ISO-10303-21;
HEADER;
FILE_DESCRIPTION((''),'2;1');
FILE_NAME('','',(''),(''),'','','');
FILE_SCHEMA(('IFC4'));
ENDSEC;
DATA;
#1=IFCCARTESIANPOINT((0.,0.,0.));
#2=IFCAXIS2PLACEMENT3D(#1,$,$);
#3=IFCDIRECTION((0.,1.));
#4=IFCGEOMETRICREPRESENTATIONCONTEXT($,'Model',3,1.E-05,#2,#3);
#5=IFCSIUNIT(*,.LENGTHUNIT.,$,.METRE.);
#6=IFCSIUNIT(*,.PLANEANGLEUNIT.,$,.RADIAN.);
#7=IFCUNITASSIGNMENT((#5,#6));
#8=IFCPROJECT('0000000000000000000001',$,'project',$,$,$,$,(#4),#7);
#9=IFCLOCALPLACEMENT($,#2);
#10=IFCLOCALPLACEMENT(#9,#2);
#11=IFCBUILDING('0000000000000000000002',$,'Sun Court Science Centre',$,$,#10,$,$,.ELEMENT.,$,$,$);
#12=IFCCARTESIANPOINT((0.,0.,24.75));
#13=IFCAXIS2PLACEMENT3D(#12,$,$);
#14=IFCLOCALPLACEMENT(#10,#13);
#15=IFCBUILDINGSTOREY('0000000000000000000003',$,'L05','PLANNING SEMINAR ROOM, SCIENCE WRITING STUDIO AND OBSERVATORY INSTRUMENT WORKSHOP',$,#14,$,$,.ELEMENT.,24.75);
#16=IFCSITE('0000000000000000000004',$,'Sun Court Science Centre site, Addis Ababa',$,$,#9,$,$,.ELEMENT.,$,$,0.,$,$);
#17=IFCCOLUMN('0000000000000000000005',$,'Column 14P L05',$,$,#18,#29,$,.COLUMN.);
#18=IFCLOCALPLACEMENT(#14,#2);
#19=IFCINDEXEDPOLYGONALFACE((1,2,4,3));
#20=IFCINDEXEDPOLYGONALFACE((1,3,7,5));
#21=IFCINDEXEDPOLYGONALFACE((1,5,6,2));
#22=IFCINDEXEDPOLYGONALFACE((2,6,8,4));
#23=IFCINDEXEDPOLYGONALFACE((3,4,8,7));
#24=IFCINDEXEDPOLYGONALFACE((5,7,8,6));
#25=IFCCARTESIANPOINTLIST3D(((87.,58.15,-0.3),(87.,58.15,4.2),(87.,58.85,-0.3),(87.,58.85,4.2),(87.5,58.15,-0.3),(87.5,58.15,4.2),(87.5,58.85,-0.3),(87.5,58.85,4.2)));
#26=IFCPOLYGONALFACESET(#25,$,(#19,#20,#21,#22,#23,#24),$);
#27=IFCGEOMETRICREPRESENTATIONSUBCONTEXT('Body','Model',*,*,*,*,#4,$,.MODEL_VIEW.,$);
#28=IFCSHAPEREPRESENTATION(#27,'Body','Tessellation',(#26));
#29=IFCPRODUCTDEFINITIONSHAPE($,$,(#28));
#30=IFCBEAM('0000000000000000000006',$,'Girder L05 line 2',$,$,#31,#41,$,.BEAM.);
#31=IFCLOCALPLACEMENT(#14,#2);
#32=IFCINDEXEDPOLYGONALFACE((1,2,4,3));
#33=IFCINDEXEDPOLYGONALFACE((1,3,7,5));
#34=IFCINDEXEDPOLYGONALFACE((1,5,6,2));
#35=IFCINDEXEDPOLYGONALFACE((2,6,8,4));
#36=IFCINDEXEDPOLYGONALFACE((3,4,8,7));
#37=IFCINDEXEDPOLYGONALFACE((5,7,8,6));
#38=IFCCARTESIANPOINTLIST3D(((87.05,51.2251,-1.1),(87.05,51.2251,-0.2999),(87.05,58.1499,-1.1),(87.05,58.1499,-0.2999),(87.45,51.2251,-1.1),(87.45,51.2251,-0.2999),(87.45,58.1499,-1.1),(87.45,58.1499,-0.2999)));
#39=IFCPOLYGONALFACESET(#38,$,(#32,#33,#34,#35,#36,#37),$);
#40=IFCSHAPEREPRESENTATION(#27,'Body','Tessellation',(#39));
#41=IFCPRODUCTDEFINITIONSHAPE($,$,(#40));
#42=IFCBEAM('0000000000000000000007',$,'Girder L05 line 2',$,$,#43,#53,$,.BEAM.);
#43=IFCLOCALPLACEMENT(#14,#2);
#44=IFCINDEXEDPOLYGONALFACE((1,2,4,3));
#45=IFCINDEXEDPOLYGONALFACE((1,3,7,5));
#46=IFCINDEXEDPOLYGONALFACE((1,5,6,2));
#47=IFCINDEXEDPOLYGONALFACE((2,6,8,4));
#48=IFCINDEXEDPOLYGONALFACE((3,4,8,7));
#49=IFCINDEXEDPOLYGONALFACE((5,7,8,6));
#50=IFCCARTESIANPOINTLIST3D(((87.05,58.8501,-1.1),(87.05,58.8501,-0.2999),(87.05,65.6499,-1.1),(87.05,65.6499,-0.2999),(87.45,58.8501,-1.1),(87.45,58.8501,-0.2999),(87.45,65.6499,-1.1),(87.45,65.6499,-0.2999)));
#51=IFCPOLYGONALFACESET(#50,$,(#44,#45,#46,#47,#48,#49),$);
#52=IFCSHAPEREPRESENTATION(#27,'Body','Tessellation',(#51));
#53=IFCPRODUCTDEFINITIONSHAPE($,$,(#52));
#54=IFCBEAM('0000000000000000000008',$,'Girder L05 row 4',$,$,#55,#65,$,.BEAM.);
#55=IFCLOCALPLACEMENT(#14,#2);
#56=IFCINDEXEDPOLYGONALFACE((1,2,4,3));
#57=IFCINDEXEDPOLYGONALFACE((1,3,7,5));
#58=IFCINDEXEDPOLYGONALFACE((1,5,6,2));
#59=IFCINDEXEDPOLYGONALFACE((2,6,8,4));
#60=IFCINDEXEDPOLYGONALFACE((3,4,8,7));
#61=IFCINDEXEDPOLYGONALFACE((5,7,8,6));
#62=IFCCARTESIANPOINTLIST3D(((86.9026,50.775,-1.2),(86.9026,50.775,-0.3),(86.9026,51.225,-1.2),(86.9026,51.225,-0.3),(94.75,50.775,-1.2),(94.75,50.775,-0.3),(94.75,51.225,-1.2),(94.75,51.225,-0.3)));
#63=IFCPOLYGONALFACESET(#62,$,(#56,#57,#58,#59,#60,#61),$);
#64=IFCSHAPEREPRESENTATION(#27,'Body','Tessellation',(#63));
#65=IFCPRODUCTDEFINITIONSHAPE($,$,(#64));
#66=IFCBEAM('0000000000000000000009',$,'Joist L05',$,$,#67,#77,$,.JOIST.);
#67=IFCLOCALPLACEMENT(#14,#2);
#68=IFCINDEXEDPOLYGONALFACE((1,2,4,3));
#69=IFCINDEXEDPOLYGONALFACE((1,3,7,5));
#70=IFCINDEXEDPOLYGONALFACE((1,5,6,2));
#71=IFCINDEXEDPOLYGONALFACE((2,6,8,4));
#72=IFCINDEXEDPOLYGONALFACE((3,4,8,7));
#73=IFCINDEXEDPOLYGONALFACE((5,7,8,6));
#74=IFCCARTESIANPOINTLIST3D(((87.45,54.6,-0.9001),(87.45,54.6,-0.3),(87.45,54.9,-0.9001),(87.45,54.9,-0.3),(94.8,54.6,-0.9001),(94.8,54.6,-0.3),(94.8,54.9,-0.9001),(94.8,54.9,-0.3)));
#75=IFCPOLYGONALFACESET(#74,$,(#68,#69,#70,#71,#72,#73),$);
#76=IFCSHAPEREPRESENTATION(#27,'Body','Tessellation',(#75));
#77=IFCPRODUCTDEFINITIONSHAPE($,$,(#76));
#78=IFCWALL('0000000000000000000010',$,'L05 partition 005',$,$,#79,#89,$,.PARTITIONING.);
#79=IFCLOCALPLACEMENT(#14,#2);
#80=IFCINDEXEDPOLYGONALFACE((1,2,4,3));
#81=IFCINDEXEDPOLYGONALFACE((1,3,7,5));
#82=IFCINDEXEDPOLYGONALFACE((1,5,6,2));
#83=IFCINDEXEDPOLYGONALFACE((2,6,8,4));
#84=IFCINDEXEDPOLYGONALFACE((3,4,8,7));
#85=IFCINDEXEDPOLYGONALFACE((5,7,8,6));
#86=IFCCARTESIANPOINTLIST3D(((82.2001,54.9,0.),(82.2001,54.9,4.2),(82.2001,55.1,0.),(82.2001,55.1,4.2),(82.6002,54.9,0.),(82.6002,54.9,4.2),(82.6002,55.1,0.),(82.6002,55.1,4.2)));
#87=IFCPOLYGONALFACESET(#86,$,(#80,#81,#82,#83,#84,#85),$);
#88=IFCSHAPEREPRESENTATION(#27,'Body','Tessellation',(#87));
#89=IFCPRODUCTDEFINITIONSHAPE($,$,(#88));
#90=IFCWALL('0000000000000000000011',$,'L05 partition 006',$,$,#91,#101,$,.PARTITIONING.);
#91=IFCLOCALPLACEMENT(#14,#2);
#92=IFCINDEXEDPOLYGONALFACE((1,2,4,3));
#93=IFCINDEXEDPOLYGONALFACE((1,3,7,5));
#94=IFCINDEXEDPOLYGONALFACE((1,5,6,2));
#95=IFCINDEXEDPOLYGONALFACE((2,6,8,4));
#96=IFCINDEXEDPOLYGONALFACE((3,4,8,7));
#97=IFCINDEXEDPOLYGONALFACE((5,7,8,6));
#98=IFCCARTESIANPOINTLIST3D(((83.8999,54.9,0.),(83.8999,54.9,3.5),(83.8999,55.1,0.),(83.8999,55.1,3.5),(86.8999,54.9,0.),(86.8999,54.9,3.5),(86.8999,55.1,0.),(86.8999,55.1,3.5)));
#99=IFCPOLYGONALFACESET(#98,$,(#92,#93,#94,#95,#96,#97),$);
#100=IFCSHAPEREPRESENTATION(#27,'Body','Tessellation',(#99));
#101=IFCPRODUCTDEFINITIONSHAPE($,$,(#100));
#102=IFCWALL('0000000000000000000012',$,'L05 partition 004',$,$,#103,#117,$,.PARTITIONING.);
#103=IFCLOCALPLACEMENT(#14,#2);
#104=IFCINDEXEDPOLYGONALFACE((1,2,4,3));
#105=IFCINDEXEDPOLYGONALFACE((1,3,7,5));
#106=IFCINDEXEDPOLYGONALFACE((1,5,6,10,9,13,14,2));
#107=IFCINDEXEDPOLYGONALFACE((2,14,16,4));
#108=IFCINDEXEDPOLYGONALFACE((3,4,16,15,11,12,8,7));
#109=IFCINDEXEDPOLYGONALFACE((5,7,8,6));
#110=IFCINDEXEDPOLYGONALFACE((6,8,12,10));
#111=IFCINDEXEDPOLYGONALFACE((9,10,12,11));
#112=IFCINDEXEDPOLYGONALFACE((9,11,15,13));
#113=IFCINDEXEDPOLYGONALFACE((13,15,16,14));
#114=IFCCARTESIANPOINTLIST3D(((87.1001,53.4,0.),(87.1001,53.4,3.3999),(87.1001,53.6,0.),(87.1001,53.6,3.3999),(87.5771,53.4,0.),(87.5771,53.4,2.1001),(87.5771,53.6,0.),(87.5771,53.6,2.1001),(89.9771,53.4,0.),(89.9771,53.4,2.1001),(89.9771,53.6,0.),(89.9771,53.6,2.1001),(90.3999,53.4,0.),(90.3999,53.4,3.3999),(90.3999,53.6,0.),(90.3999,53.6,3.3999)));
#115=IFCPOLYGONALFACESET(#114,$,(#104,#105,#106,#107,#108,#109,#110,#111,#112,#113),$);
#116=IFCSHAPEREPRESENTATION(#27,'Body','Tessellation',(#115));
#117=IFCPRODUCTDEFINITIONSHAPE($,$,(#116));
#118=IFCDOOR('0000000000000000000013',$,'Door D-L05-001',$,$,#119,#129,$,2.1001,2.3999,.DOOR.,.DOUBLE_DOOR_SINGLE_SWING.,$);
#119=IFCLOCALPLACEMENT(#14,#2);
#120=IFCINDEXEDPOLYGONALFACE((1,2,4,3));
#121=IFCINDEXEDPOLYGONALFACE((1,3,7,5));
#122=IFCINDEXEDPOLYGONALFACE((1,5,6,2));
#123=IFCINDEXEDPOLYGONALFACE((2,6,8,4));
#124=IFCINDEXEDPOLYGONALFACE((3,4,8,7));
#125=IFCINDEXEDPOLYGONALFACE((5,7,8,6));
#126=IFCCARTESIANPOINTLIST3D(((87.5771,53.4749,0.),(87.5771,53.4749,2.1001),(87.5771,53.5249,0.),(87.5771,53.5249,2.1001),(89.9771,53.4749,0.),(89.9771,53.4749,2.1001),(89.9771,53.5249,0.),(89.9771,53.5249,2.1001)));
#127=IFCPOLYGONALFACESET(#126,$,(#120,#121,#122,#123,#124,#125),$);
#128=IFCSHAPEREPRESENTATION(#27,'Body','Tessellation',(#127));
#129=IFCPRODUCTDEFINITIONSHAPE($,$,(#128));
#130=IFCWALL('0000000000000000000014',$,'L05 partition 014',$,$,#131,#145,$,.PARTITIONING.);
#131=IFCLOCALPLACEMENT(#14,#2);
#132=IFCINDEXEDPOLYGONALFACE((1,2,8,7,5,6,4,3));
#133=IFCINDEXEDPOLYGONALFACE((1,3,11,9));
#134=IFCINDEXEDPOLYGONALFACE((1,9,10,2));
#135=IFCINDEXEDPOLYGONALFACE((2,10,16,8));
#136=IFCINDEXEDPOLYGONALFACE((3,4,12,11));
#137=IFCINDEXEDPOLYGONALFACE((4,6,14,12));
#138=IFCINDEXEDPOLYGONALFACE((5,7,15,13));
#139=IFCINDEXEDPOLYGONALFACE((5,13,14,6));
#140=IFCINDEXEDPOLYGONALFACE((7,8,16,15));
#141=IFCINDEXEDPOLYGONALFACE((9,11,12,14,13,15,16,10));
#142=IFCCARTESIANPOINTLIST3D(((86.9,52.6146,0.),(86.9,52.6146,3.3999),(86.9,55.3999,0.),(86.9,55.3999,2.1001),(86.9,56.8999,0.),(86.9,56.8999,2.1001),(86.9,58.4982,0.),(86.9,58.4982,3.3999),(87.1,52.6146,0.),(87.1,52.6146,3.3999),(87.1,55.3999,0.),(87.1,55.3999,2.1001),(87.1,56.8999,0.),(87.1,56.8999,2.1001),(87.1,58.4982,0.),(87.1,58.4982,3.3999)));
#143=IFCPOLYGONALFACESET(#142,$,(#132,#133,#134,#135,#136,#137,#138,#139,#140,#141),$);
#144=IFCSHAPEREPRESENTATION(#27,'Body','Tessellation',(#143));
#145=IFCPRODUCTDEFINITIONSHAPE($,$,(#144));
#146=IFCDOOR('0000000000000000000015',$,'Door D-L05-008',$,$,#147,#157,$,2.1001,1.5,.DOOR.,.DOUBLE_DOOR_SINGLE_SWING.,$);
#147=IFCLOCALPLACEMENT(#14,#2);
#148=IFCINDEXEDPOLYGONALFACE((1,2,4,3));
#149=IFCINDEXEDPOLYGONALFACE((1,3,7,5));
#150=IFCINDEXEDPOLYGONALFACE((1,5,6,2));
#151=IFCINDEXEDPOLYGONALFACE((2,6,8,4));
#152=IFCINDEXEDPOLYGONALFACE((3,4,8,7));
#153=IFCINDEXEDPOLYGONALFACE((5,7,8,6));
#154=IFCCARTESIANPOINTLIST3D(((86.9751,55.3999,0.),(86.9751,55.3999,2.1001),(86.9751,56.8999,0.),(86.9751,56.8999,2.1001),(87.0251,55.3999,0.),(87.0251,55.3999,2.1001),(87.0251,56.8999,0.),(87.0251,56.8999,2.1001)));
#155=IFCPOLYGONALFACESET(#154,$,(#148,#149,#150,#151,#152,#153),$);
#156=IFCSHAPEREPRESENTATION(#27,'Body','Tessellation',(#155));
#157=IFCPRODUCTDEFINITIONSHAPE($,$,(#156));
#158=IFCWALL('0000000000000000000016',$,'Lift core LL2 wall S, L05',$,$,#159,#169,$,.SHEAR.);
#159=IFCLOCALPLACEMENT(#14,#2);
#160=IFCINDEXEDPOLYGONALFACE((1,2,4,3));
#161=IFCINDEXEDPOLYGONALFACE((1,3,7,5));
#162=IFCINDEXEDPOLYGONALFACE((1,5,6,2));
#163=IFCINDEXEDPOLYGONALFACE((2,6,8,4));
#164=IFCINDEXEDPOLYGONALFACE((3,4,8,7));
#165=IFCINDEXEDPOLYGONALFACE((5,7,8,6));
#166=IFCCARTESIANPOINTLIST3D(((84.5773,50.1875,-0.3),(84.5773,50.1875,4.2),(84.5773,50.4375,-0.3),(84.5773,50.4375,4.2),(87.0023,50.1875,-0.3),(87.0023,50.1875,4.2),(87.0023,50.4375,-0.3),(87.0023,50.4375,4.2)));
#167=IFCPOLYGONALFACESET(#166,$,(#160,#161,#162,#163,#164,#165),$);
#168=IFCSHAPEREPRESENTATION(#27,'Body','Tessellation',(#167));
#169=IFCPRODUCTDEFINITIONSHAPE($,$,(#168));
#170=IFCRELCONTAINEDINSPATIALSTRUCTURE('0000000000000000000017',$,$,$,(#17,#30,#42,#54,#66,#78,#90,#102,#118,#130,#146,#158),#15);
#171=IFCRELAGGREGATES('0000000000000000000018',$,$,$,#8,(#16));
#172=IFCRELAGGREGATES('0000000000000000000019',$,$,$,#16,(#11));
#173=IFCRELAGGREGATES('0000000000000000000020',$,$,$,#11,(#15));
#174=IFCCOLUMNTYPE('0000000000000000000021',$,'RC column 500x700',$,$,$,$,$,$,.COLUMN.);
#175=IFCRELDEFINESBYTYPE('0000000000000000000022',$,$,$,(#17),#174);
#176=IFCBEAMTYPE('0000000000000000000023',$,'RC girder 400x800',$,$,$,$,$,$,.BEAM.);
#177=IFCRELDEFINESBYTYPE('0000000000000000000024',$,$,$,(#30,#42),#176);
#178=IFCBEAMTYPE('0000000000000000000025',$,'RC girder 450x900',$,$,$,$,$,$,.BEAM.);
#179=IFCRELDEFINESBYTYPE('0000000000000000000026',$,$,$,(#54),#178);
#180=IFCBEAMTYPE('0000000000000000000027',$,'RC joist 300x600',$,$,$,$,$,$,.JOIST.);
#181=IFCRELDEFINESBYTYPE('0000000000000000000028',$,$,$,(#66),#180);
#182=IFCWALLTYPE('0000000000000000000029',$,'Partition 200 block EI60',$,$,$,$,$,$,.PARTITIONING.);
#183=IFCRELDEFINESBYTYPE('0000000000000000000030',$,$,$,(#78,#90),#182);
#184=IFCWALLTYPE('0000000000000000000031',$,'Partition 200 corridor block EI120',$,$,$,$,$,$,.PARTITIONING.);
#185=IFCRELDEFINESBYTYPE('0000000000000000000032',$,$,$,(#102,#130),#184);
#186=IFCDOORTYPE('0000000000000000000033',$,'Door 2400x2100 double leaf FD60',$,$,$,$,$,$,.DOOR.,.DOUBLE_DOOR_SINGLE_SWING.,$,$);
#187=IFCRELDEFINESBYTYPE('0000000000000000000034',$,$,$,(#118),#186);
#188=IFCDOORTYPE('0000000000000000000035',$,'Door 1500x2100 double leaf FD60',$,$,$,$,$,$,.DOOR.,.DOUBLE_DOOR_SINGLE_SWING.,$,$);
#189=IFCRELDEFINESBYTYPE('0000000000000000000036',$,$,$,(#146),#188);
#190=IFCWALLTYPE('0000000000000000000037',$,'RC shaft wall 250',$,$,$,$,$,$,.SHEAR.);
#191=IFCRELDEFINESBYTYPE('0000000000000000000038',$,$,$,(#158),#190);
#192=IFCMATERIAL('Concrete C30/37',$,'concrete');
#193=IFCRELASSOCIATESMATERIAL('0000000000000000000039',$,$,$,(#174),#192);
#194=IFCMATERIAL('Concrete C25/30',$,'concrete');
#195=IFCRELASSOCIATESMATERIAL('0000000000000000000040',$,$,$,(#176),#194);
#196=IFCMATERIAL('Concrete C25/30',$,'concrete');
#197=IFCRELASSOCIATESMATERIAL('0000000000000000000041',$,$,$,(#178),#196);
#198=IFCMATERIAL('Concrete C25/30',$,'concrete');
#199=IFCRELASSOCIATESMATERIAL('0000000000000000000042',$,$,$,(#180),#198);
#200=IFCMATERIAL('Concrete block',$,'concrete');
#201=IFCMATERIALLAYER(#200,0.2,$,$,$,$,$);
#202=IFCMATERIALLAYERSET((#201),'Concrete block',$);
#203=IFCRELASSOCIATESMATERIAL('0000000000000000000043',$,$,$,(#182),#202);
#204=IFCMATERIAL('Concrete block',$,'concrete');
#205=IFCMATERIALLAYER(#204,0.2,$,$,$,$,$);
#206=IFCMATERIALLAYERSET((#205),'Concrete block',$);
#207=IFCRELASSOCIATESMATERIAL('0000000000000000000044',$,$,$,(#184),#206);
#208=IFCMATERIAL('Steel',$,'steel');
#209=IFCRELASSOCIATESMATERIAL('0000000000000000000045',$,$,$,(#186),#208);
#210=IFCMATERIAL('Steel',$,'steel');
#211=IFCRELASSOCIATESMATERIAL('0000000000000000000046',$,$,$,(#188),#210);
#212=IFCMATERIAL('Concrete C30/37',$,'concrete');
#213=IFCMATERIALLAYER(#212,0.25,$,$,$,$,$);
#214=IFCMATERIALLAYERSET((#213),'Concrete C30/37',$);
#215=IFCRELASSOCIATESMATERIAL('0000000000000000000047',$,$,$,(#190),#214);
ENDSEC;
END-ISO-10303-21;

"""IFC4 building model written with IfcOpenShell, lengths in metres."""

from ifc_helpers import new_model, si_unit, direction, frame, frame_2d, origin, origin_2d, place, context, subcontext, project, spatial, rectangle, extrude, material, layer, layer_set, material_profile, profile_set, type_object, element, fill, save


model = new_model("IFC4")

# Units and contexts
model_context = context("Model", 3, precision=1e-05, world=origin(), true_north=direction((0.0, 1.0)))
body_context = subcontext(model_context, "Body", "Model", "MODEL_VIEW")
ifc_project = project(units=[si_unit("LENGTHUNIT", "METRE"), si_unit("PLANEANGLEUNIT", "RADIAN")], contexts=[model_context])

# Site, building, storey
site_placement = place(None, origin())
site = spatial("IfcSite", under=ifc_project, at=site_placement, Name="Sun Court Science Centre site, Addis Ababa", CompositionType="ELEMENT", RefElevation=0.0)
building_placement = place(site_placement, origin())
building = spatial("IfcBuilding", under=site, at=building_placement, Name="Sun Court Science Centre", CompositionType="ELEMENT")
storey_placement = place(building_placement, frame((0.0, 0.0, 24.75)))
storey = spatial("IfcBuildingStorey", under=building, at=storey_placement, Name="L05", Description="PLANNING SEMINAR ROOM, SCIENCE WRITING STUDIO AND OBSERVATORY INSTRUMENT WORKSHOP", CompositionType="ELEMENT", Elevation=24.75)

# Column
ifc_material_1 = material(Name="Concrete C30/37", Category="concrete")
ifc_material_profile_1 = material_profile(ifc_material_1, rectangle(XDim=0.5, YDim=0.7, at=origin_2d()), Name="RC 500x700")
ifc_profile_set_1 = profile_set([ifc_material_profile_1], Name="Concrete C30/37")
column_type = type_object("IfcColumnType", Name="RC column 500x700", PredefinedType="COLUMN", material=ifc_profile_set_1)
column_placement = place(storey_placement, frame((87.25, 58.5, -0.3), z_axis=(0.0, 0.0, 1.0), x_axis=(1.0, 0.0, 0.0)))
element("IfcColumn", 1, at=column_placement, inside=storey, type_object=column_type, Name="Column 14P L05", PredefinedType="COLUMN", context=body_context, shape_type="SweptSolid", body=[
    extrude(rectangle(XDim=0.5, YDim=0.7, at=origin_2d()), origin(), (0.0, 0.0, 1.0), 4.5),
])

# Beams
ifc_material_2 = material(Name="Concrete C25/30", Category="concrete")
ifc_material_profile_2 = material_profile(ifc_material_2, rectangle(XDim=0.3999, YDim=0.8, at=origin_2d()), Name="RC 400x800")
ifc_profile_set_2 = profile_set([ifc_material_profile_2], Name="Concrete C25/30")
beam_type_1 = type_object("IfcBeamType", Name="RC girder 400x800", PredefinedType="BEAM", material=ifc_profile_set_2)
beam_1_placement = place(storey_placement, frame((87.25, 51.2251, -0.7), z_axis=(0.0, 1.0, 0.0), x_axis=(-1.0, 0.0, 0.0)))
element("IfcBeam", 2, at=beam_1_placement, inside=storey, type_object=beam_type_1, Name="Girder L05 line 2", PredefinedType="BEAM", context=body_context, shape_type="SweptSolid", body=[
    extrude(rectangle(XDim=0.3999, YDim=0.8, at=origin_2d()), origin(), (0.0, 0.0, 1.0), 6.9248),
])
beam_2_placement = place(storey_placement, frame((87.25, 58.8501, -0.7), z_axis=(0.0, 1.0, 0.0), x_axis=(-1.0, 0.0, 0.0)))
element("IfcBeam", 3, at=beam_2_placement, inside=storey, type_object=beam_type_1, Name="Girder L05 line 2", PredefinedType="BEAM", context=body_context, shape_type="SweptSolid", body=[
    extrude(rectangle(XDim=0.3999, YDim=0.8, at=origin_2d()), origin(), (0.0, 0.0, 1.0), 6.7998),
])
ifc_material_3 = material(Name="Concrete C25/30", Category="concrete")
ifc_material_profile_3 = material_profile(ifc_material_3, rectangle(XDim=0.45, YDim=0.8999, at=origin_2d()), Name="RC 450x900")
ifc_profile_set_3 = profile_set([ifc_material_profile_3], Name="Concrete C25/30")
beam_type_2 = type_object("IfcBeamType", Name="RC girder 450x900", PredefinedType="BEAM", material=ifc_profile_set_3)
beam_3_placement = place(storey_placement, frame((86.9026, 51.0, -0.75), z_axis=(1.0, 0.0, 0.0), x_axis=(0.0, 1.0, 0.0)))
element("IfcBeam", 4, at=beam_3_placement, inside=storey, type_object=beam_type_2, Name="Girder L05 row 4", PredefinedType="BEAM", context=body_context, shape_type="SweptSolid", body=[
    extrude(rectangle(XDim=0.45, YDim=0.8999, at=origin_2d()), origin(), (0.0, 0.0, 1.0), 7.8474),
])
ifc_material_4 = material(Name="Concrete C25/30", Category="concrete")
ifc_material_profile_4 = material_profile(ifc_material_4, rectangle(XDim=0.3, YDim=0.6001, at=origin_2d()), Name="RC 300x600")
ifc_profile_set_4 = profile_set([ifc_material_profile_4], Name="Concrete C25/30")
beam_type_3 = type_object("IfcBeamType", Name="RC joist 300x600", PredefinedType="JOIST", material=ifc_profile_set_4)
beam_4_placement = place(storey_placement, frame((87.45, 54.75, -0.6001), z_axis=(1.0, 0.0, 0.0), x_axis=(0.0, 1.0, 0.0)))
element("IfcBeam", 5, at=beam_4_placement, inside=storey, type_object=beam_type_3, Name="Joist L05", PredefinedType="JOIST", context=body_context, shape_type="SweptSolid", body=[
    extrude(rectangle(XDim=0.3, YDim=0.6001, at=origin_2d()), origin(), (0.0, 0.0, 1.0), 7.3501),
])

# Walls
ifc_material_5 = material(Name="Concrete block", Category="concrete")
ifc_layer_1 = layer(ifc_material_5, 0.2)
ifc_layer_set_1 = layer_set([ifc_layer_1], Name="Concrete block")
wall_type_1 = type_object("IfcWallType", Name="Partition 200 block EI60", PredefinedType="PARTITIONING", material=ifc_layer_set_1)
wall_1_placement = place(storey_placement, frame((82.2, 55.0, 0.0), z_axis=(0.0, 0.0, 1.0), x_axis=(1.0, 0.0, 0.0)))
element("IfcWall", 6, at=wall_1_placement, inside=storey, type_object=wall_type_1, Name="L05 partition 005", PredefinedType="PARTITIONING", context=body_context, shape_type="SweptSolid", body=[
    extrude(rectangle(XDim=0.4001, YDim=0.2, at=frame_2d((0.2002, 0.0))), origin(), (0.0, 0.0, 1.0), 4.2),
])
wall_2_placement = place(storey_placement, frame((83.8999, 55.0, 0.0), z_axis=(0.0, 0.0, 1.0), x_axis=(1.0, 0.0, 0.0)))
element("IfcWall", 7, at=wall_2_placement, inside=storey, type_object=wall_type_1, Name="L05 partition 006", PredefinedType="PARTITIONING", context=body_context, shape_type="SweptSolid", body=[
    extrude(rectangle(XDim=3.0, YDim=0.2, at=frame_2d((1.5, 0.0))), origin(), (0.0, 0.0, 1.0), 3.5),
])

# Walls, openings, doors
ifc_material_6 = material(Name="Concrete block", Category="concrete")
ifc_layer_2 = layer(ifc_material_6, 0.2)
ifc_layer_set_2 = layer_set([ifc_layer_2], Name="Concrete block")
wall_type_2 = type_object("IfcWallType", Name="Partition 200 corridor block EI120", PredefinedType="PARTITIONING", material=ifc_layer_set_2)
wall_3_placement = place(storey_placement, frame((87.1001, 53.5, 0.0), z_axis=(0.0, 0.0, 1.0), x_axis=(1.0, 0.0, 0.0)))
wall_3 = element("IfcWall", 8, at=wall_3_placement, inside=storey, type_object=wall_type_2, Name="L05 partition 004", PredefinedType="PARTITIONING", context=body_context, shape_type="SweptSolid", body=[
    extrude(rectangle(XDim=3.2998, YDim=0.2, at=frame_2d((1.6499, 0.0))), origin(), (0.0, 0.0, 1.0), 3.3999),
])
opening_1_placement = place(wall_3_placement, frame((0.4771, 0.0, 0.0)))
opening_1 = element("IfcOpeningElement", 9, at=opening_1_placement, cuts=wall_3, PredefinedType="OPENING", context=body_context, shape_type="SweptSolid", body=[
    extrude(rectangle(XDim=2.3999, YDim=2.1001, at=frame_2d((1.2, 1.05))), frame((0.0, 0.1099, 0.0), z_axis=(0.0, -1.0, 0.0), x_axis=(1.0, 0.0, 0.0)), (0.0, 0.0, 1.0), 0.22),
])
ifc_material_7 = material(Name="Steel", Category="steel")
door_type_1 = type_object("IfcDoorType", Name="Door 2400x2100 double leaf FD60", OperationType="DOUBLE_DOOR_SINGLE_SWING", PredefinedType="DOOR", material=ifc_material_7)
door_1_placement = place(opening_1_placement, origin())
door_1 = element("IfcDoor", 10, at=door_1_placement, inside=storey, type_object=door_type_1, Name="Door D-L05-001", OperationType="DOUBLE_DOOR_SINGLE_SWING", OverallHeight=2.1001, OverallWidth=2.3999, PredefinedType="DOOR", context=body_context, shape_type="SweptSolid", body=[
    extrude(rectangle(XDim=2.3999, YDim=2.1001, at=frame_2d((1.2, 1.05))), frame((0.0, 0.0249, 0.0), z_axis=(0.0, -1.0, 0.0), x_axis=(1.0, 0.0, 0.0)), (0.0, 0.0, 1.0), 0.05),
])
fill(opening_1, door_1)
wall_4_placement = place(storey_placement, frame((87.0, 52.6145, 0.0), z_axis=(0.0, 0.0, 1.0), x_axis=(0.0, 1.0, 0.0)))
wall_4 = element("IfcWall", 11, at=wall_4_placement, inside=storey, type_object=wall_type_2, Name="L05 partition 014", PredefinedType="PARTITIONING", context=body_context, shape_type="SweptSolid", body=[
    extrude(rectangle(XDim=5.8835, YDim=0.2, at=frame_2d((2.9419, 0.0))), origin(), (0.0, 0.0, 1.0), 3.3999),
])
opening_2_placement = place(wall_4_placement, frame((2.7854, 0.0, 0.0)))
opening_2 = element("IfcOpeningElement", 12, at=opening_2_placement, cuts=wall_4, PredefinedType="OPENING", context=body_context, shape_type="SweptSolid", body=[
    extrude(rectangle(XDim=1.5, YDim=2.1001, at=frame_2d((0.75, 1.05))), frame((0.0, 0.1099, 0.0), z_axis=(0.0, -1.0, 0.0), x_axis=(1.0, 0.0, 0.0)), (0.0, 0.0, 1.0), 0.22),
])
ifc_material_8 = material(Name="Steel", Category="steel")
door_type_2 = type_object("IfcDoorType", Name="Door 1500x2100 double leaf FD60", OperationType="DOUBLE_DOOR_SINGLE_SWING", PredefinedType="DOOR", material=ifc_material_8)
door_2_placement = place(opening_2_placement, origin())
door_2 = element("IfcDoor", 13, at=door_2_placement, inside=storey, type_object=door_type_2, Name="Door D-L05-008", OperationType="DOUBLE_DOOR_SINGLE_SWING", OverallHeight=2.1001, OverallWidth=1.5, PredefinedType="DOOR", context=body_context, shape_type="SweptSolid", body=[
    extrude(rectangle(XDim=1.5, YDim=2.1001, at=frame_2d((0.75, 1.05))), frame((0.0, 0.0249, 0.0), z_axis=(0.0, -1.0, 0.0), x_axis=(1.0, 0.0, 0.0)), (0.0, 0.0, 1.0), 0.05),
])
fill(opening_2, door_2)

# Wall
ifc_material_9 = material(Name="Concrete C30/37", Category="concrete")
ifc_layer_3 = layer(ifc_material_9, 0.25)
ifc_layer_set_3 = layer_set([ifc_layer_3], Name="Concrete C30/37")
wall_type_3 = type_object("IfcWallType", Name="RC shaft wall 250", PredefinedType="SHEAR", material=ifc_layer_set_3)
wall_5_placement = place(storey_placement, frame((84.5774, 50.3125, -0.3), z_axis=(0.0, 0.0, 1.0), x_axis=(1.0, 0.0, 0.0)))
element("IfcWall", 14, at=wall_5_placement, inside=storey, type_object=wall_type_3, Name="Lift core LL2 wall S, L05", PredefinedType="SHEAR", context=body_context, shape_type="SweptSolid", body=[
    extrude(rectangle(XDim=2.425, YDim=0.25, at=frame_2d((1.2124, 0.0))), origin(), (0.0, 0.0, 1.0), 4.5),
])

save(model, "model.ifc")
